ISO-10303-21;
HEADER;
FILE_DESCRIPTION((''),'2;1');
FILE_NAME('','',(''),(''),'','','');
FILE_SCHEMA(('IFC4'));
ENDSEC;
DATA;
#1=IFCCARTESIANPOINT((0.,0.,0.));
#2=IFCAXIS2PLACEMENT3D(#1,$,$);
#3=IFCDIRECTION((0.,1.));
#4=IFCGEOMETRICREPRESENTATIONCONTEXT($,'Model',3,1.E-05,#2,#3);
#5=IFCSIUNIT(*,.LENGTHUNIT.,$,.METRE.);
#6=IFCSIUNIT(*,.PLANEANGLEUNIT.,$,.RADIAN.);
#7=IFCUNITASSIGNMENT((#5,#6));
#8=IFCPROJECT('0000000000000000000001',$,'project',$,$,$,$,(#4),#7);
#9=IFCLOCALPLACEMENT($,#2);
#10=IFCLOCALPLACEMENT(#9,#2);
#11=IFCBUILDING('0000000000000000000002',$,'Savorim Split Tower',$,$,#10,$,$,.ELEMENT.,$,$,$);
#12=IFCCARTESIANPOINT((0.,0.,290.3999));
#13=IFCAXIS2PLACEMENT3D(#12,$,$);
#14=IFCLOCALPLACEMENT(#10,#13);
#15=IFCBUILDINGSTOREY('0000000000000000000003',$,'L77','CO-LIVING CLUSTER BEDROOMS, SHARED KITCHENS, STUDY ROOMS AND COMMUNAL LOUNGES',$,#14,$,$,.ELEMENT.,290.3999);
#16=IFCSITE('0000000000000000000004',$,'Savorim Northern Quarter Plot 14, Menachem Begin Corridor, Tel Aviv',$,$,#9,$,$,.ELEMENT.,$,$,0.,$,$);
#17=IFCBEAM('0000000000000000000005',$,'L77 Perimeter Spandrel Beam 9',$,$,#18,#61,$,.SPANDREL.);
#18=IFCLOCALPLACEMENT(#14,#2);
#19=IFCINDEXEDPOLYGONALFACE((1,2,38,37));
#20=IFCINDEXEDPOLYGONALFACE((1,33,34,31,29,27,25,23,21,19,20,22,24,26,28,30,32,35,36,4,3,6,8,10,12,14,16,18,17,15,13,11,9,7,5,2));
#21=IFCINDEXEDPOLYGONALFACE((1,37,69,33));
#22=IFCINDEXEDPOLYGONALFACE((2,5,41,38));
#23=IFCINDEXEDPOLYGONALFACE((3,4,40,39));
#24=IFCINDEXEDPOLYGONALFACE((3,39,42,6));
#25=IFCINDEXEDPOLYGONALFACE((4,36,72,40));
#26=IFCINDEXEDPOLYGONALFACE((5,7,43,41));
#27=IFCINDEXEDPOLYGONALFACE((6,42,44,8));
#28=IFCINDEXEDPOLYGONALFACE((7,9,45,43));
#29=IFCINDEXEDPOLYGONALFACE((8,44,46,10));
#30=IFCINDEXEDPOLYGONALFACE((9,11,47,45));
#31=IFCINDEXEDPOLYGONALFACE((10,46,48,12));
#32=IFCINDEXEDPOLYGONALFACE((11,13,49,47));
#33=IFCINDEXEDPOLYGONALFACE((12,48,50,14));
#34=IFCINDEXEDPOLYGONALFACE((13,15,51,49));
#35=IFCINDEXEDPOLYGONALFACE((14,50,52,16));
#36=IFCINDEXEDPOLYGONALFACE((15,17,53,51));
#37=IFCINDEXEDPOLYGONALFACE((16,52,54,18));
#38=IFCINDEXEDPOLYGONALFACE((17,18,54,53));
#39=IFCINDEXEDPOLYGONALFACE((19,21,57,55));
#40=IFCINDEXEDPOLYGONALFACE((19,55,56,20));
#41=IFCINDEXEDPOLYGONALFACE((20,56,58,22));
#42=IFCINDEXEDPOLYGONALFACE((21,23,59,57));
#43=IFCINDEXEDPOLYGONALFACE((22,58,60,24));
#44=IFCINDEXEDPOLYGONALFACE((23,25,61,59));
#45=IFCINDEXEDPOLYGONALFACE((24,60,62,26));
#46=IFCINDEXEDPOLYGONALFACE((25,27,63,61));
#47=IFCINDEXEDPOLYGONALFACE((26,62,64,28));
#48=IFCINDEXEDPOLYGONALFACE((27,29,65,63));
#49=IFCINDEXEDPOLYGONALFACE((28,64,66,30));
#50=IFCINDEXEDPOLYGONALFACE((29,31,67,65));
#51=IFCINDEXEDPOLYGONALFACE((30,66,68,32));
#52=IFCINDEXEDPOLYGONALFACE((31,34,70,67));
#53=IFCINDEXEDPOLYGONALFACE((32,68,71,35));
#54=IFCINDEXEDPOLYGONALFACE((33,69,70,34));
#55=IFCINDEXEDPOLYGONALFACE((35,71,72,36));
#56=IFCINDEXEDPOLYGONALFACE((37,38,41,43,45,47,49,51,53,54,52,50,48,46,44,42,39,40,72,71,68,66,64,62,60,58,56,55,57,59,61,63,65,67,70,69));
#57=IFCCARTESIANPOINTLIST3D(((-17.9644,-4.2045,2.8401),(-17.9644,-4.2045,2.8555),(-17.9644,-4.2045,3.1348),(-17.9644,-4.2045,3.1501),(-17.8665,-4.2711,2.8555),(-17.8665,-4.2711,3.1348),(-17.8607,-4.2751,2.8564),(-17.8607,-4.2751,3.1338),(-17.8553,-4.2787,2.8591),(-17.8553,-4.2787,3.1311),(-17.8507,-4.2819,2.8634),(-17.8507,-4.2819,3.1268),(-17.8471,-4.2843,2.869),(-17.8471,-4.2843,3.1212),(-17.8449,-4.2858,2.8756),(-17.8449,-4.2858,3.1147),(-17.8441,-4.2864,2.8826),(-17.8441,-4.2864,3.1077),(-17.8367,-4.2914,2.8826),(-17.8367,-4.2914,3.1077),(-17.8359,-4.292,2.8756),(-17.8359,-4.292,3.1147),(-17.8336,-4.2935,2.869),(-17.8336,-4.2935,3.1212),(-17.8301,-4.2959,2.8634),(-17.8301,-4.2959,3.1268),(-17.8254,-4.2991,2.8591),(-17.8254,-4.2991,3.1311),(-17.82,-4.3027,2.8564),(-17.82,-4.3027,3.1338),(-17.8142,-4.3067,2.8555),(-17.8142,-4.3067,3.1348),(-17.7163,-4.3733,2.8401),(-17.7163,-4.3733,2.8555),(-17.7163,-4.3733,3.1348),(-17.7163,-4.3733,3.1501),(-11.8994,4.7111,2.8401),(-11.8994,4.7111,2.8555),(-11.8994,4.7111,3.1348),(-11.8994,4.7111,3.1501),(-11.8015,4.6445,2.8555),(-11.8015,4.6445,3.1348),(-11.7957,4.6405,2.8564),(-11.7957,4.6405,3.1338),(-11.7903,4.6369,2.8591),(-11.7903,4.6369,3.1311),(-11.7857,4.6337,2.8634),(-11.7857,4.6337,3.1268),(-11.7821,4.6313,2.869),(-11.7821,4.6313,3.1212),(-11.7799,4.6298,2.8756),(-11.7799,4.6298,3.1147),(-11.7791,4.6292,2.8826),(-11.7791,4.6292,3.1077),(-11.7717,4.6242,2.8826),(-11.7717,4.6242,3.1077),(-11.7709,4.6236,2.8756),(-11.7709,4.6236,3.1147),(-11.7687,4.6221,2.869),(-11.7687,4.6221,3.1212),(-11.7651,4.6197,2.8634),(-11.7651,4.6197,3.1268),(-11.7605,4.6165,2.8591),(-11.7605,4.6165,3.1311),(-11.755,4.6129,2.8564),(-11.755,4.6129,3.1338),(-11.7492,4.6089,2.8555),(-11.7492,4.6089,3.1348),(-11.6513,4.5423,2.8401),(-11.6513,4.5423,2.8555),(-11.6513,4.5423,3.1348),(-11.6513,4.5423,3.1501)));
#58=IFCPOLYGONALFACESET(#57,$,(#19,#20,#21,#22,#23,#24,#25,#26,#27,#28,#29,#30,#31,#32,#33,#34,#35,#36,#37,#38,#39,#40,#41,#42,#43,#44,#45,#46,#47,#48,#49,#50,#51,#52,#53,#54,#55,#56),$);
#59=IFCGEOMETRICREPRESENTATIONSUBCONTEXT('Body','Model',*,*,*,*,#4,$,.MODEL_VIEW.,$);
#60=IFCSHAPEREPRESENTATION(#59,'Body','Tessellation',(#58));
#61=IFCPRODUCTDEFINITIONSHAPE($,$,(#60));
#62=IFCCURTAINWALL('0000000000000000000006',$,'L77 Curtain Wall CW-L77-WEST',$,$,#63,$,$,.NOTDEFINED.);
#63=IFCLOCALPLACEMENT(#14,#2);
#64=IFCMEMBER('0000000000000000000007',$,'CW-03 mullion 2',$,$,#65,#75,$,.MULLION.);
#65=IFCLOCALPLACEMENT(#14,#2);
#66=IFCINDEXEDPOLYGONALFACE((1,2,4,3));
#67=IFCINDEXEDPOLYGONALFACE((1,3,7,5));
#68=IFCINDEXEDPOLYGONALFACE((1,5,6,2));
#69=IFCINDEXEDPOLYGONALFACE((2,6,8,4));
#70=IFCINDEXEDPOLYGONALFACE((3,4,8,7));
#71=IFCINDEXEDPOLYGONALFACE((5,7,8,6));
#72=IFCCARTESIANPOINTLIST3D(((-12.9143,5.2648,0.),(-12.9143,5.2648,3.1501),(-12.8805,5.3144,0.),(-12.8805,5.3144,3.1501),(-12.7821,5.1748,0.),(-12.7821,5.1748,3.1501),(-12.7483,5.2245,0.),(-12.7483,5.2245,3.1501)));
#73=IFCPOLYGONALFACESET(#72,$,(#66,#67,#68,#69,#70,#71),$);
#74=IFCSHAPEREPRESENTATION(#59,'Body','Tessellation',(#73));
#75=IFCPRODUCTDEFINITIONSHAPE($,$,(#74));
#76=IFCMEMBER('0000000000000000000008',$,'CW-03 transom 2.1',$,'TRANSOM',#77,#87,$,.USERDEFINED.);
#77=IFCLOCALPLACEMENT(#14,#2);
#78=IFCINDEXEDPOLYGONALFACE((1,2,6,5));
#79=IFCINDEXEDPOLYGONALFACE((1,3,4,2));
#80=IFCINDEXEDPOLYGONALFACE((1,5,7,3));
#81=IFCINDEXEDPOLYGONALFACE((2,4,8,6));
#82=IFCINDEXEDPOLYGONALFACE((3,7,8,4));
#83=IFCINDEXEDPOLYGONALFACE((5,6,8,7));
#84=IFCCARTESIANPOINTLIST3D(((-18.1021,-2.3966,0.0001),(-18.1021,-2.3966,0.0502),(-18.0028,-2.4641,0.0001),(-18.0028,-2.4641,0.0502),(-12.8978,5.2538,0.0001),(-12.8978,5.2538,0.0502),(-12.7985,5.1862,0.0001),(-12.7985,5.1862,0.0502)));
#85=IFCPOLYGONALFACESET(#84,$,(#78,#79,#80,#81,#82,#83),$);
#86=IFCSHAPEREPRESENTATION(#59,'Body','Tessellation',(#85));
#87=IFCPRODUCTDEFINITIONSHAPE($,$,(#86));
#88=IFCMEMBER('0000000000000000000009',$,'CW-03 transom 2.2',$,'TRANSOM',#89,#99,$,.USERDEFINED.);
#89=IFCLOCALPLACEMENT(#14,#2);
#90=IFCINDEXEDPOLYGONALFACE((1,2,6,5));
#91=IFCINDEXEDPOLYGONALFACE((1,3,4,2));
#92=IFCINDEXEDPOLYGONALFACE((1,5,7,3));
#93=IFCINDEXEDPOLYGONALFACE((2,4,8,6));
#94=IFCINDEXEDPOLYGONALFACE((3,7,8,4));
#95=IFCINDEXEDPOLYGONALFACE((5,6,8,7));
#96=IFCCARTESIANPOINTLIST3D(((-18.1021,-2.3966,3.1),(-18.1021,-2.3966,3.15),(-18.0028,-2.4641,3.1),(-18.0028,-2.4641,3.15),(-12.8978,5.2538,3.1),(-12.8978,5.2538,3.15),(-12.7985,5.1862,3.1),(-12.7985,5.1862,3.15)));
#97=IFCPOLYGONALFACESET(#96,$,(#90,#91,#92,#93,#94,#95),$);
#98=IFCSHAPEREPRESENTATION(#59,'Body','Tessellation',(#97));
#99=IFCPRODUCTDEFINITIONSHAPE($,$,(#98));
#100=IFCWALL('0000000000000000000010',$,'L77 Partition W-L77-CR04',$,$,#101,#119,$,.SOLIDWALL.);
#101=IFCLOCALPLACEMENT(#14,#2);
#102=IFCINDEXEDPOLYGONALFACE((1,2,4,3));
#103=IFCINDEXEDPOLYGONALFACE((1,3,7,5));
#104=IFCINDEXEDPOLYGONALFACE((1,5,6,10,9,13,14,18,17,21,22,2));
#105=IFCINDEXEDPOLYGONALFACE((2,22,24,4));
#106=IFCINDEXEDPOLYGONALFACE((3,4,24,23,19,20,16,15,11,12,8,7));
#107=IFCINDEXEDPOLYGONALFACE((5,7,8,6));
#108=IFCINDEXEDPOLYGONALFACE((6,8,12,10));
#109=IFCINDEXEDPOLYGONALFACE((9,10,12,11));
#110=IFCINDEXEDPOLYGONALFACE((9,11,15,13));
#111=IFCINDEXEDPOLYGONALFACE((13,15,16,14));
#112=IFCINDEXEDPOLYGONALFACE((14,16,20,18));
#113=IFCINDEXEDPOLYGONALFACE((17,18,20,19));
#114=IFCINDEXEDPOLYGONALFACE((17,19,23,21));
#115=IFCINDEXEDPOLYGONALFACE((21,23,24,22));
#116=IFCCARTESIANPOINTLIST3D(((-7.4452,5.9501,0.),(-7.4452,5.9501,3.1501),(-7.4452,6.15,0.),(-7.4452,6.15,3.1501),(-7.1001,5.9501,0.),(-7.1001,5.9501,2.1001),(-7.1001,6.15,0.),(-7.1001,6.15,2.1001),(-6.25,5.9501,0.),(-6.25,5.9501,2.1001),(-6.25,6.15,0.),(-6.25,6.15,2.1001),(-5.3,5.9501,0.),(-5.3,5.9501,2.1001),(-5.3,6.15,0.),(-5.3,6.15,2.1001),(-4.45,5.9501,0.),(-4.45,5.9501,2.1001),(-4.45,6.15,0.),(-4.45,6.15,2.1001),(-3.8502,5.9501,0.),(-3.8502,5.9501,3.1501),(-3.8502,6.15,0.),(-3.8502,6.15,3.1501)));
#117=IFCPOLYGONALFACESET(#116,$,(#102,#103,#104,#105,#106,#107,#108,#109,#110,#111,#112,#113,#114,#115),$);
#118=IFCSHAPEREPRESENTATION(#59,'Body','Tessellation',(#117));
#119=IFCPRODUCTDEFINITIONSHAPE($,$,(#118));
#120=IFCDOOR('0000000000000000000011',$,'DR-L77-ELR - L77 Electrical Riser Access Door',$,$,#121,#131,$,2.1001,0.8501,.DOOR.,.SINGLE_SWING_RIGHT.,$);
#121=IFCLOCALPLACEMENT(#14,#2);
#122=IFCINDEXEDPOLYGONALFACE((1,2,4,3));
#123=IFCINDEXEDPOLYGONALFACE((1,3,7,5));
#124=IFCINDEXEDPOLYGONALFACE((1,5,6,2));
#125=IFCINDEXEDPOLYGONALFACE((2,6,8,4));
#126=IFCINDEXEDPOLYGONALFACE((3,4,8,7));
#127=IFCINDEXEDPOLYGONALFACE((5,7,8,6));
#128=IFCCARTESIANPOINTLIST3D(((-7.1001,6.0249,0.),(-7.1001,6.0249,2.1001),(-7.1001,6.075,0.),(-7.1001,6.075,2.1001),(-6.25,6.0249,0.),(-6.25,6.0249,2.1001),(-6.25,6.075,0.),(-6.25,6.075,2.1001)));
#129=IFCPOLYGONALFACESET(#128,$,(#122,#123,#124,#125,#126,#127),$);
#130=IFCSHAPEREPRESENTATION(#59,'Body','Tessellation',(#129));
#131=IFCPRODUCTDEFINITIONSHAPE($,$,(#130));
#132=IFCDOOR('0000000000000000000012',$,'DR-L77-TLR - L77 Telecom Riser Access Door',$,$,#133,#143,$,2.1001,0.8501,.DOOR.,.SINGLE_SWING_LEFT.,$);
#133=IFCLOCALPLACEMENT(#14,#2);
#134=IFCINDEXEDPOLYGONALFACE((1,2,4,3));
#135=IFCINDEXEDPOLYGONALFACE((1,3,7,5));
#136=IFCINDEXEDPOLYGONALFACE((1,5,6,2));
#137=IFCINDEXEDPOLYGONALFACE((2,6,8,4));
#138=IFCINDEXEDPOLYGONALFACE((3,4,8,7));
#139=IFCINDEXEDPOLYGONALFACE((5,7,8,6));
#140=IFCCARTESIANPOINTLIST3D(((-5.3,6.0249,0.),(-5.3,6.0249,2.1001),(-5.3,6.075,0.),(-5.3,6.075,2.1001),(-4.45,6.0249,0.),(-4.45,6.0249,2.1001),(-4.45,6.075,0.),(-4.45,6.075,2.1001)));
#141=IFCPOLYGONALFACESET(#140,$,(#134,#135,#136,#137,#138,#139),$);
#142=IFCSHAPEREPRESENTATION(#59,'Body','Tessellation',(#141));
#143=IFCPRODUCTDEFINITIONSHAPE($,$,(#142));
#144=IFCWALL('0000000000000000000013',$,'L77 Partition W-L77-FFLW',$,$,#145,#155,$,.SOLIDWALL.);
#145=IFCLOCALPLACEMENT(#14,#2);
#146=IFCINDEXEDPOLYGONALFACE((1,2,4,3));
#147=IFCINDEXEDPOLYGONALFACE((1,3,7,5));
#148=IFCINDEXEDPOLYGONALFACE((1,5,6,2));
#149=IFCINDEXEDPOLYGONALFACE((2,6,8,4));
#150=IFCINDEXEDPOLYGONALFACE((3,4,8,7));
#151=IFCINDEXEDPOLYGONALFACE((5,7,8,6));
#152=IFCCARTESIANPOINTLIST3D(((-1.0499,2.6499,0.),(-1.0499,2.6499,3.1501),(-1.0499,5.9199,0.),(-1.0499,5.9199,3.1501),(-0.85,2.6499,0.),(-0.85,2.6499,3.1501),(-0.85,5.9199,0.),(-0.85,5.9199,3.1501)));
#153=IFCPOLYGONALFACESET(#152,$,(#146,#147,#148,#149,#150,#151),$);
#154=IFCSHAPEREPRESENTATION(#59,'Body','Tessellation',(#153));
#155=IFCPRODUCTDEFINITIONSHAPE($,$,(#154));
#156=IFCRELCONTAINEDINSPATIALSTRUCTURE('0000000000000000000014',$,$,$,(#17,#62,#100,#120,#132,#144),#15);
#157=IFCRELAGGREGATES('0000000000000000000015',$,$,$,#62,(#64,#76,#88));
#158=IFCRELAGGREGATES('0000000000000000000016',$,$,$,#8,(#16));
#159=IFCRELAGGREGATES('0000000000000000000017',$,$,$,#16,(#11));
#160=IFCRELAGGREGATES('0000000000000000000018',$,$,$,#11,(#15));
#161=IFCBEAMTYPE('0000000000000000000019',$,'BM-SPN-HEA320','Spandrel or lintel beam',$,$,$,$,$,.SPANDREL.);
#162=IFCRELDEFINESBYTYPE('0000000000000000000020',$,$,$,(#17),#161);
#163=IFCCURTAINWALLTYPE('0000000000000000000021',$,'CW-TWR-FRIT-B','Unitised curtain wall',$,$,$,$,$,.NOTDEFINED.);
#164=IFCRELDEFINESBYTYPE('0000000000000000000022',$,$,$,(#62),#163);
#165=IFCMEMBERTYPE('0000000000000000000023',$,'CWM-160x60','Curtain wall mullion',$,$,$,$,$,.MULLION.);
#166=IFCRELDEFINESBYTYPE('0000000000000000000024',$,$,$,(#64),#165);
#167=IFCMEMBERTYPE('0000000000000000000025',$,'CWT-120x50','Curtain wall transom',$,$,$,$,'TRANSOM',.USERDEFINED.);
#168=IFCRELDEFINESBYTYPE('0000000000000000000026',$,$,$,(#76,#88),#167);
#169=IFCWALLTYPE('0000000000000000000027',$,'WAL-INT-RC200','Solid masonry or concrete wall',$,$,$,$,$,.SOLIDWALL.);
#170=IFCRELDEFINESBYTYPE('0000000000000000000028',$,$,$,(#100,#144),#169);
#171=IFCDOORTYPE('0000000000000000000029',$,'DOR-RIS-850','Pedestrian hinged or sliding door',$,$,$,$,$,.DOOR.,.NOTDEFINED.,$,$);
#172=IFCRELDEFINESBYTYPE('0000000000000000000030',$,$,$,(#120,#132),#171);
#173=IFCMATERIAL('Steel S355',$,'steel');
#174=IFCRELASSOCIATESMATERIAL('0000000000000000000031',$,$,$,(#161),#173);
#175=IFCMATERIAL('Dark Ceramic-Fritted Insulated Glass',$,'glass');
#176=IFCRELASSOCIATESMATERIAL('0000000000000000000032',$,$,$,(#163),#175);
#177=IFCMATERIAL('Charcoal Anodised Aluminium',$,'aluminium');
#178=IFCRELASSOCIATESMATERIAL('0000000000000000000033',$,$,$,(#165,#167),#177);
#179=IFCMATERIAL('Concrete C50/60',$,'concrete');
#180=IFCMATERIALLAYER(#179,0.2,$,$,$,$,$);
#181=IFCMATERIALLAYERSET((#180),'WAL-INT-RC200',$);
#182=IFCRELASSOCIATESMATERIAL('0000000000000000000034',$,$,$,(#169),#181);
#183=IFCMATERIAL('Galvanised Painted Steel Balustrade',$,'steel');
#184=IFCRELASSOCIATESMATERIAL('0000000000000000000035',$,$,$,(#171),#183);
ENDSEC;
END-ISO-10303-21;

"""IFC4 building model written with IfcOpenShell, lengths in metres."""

from ifc_helpers import new_model, si_unit, direction, frame, frame_2d, origin, origin_2d, place, context, subcontext, project, spatial, rectangle, i_section, extrude, material, layer, layer_set, material_profile, profile_set, type_object, element, fill, aggregate, save


model = new_model("IFC4")

# Units and contexts
model_context = context("Model", 3, precision=1e-05, world=origin(), true_north=direction((0.0, 1.0)))
body_context = subcontext(model_context, "Body", "Model", "MODEL_VIEW")
ifc_project = project(units=[si_unit("LENGTHUNIT", "METRE"), si_unit("PLANEANGLEUNIT", "RADIAN")], contexts=[model_context])

# Site, building, storey
site_placement = place(None, origin())
site = spatial("IfcSite", under=ifc_project, at=site_placement, Name="Savorim Northern Quarter Plot 14, Menachem Begin Corridor, Tel Aviv", CompositionType="ELEMENT", RefElevation=0.0)
building_placement = place(site_placement, origin())
building = spatial("IfcBuilding", under=site, at=building_placement, Name="Savorim Split Tower", CompositionType="ELEMENT")
storey_placement = place(building_placement, frame((0.0, 0.0, 290.3999)))
storey = spatial("IfcBuildingStorey", under=building, at=storey_placement, Name="L77", Description="CO-LIVING CLUSTER BEDROOMS, SHARED KITCHENS, STUDY ROOMS AND COMMUNAL LOUNGES", CompositionType="ELEMENT", Elevation=290.3999)

# Shared definitions
ifc_material_1 = material(Name="Steel S355", Category="steel")

# Beam
ifc_material_profile_1 = material_profile(ifc_material_1, i_section(OverallWidth=0.3, OverallDepth=0.3101, WebThickness=0.009, FlangeThickness=0.0154, FilletRadius=0.0271, at=origin_2d()), Name="HEA 320")
ifc_profile_set_1 = profile_set([ifc_material_profile_1], Name="Steel S355")
beam_type_1 = type_object("IfcBeamType", Name="BM-SPN-HEA320", Description="Spandrel or lintel beam", PredefinedType="SPANDREL", material=ifc_profile_set_1)
beam_1_placement = place(storey_placement, frame((-11.7754, 4.6267, 2.9951), z_axis=(-0.562461, -0.826824, 0.0), x_axis=(0.826824, -0.562461, 0.0)))
element("IfcBeam", 1, at=beam_1_placement, inside=storey, type_object=beam_type_1, Name="L77 Perimeter Spandrel Beam 9", PredefinedType="SPANDREL", context=body_context, shape_type="SweptSolid", body=[
    extrude(i_section(OverallWidth=0.3, OverallDepth=0.3101, WebThickness=0.009, FlangeThickness=0.0154, FilletRadius=0.0271, at=origin_2d()), origin(), (0.0, 0.0, 1.0), 10.783),
])

# Curtain wall, members
ifc_material_2 = material(Name="Dark Ceramic-Fritted Insulated Glass", Category="glass")
curtain_wall_type = type_object("IfcCurtainWallType", Name="CW-TWR-FRIT-B", Description="Unitised curtain wall", PredefinedType="NOTDEFINED", material=ifc_material_2)
curtain_wall_placement = place(storey_placement, origin())
curtain_wall = element("IfcCurtainWall", 2, at=curtain_wall_placement, inside=storey, type_object=curtain_wall_type, Name="L77 Curtain Wall CW-L77-WEST", PredefinedType="NOTDEFINED")
ifc_material_3 = material(Name="Charcoal Anodised Aluminium", Category="aluminium")
ifc_material_profile_2 = material_profile(ifc_material_3, rectangle(XDim=0.1599, YDim=0.0601, at=origin_2d()), Name="ALU-M 160x60")
ifc_profile_set_2 = profile_set([ifc_material_profile_2], Name="Charcoal Anodised Aluminium")
member_type_1 = type_object("IfcMemberType", Name="CWM-160x60", Description="Curtain wall mullion", PredefinedType="MULLION", material=ifc_profile_set_2)
member_1_placement = place(storey_placement, frame((-12.8313, 5.2446, 0.0), z_axis=(0.0, 0.0, 1.0), x_axis=(0.826818, -0.56247, 0.0)))
member_1 = element("IfcMember", 3, at=member_1_placement, type_object=member_type_1, Name="CW-03 mullion 2", PredefinedType="MULLION", context=body_context, shape_type="SweptSolid", body=[
    extrude(rectangle(XDim=0.1599, YDim=0.0601, at=origin_2d()), origin(), (0.0, 0.0, 1.0), 3.1501),
])
ifc_material_profile_3 = material_profile(ifc_material_3, rectangle(XDim=0.1201, YDim=0.05, at=origin_2d()), Name="ALU-T 120x50")
ifc_profile_set_3 = profile_set([ifc_material_profile_3], Name="Charcoal Anodised Aluminium")
member_type_2 = type_object("IfcMemberType", Name="CWT-120x50", Description="Curtain wall transom", ElementType="TRANSOM", PredefinedType="USERDEFINED", material=ifc_profile_set_3)
member_2_placement = place(storey_placement, frame((-12.8481, 5.22, 0.0251), z_axis=(-0.562464, -0.826822, 0.0), x_axis=(0.826822, -0.562464, 0.0)))
member_2 = element("IfcMember", 4, at=member_2_placement, type_object=member_type_2, Name="CW-03 transom 2.1", ObjectType="TRANSOM", PredefinedType="USERDEFINED", context=body_context, shape_type="SweptSolid", body=[
    extrude(rectangle(XDim=0.1201, YDim=0.05, at=origin_2d()), origin(), (0.0, 0.0, 1.0), 9.2527),
])
member_3_placement = place(storey_placement, frame((-12.8481, 5.22, 3.125), z_axis=(-0.562464, -0.826822, 0.0), x_axis=(0.826822, -0.562464, 0.0)))
member_3 = element("IfcMember", 5, at=member_3_placement, type_object=member_type_2, Name="CW-03 transom 2.2", ObjectType="TRANSOM", PredefinedType="USERDEFINED", context=body_context, shape_type="SweptSolid", body=[
    extrude(rectangle(XDim=0.1201, YDim=0.05, at=origin_2d()), origin(), (0.0, 0.0, 1.0), 9.2527),
])
aggregate(curtain_wall, [member_1, member_2, member_3])

# Wall, openings, doors
ifc_material_4 = material(Name="Concrete C50/60", Category="concrete")
ifc_layer_1 = layer(ifc_material_4, 0.2)
ifc_layer_set_1 = layer_set([ifc_layer_1], Name="WAL-INT-RC200")
wall_type_1 = type_object("IfcWallType", Name="WAL-INT-RC200", Description="Solid masonry or concrete wall", PredefinedType="SOLIDWALL", material=ifc_layer_set_1)
wall_1_placement = place(storey_placement, frame((-7.4451, 6.05, 0.0), z_axis=(0.0, 0.0, 1.0), x_axis=(1.0, 0.0, 0.0)))
wall_1 = element("IfcWall", 6, at=wall_1_placement, inside=storey, type_object=wall_type_1, Name="L77 Partition W-L77-CR04", PredefinedType="SOLIDWALL", context=body_context, shape_type="SweptSolid", body=[
    extrude(rectangle(XDim=3.595, YDim=0.2, at=frame_2d((1.7974, 0.0))), origin(), (0.0, 0.0, 1.0), 3.1501),
])
opening_1_placement = place(wall_1_placement, frame((0.345, 0.0, 0.0)))
opening_1 = element("IfcOpeningElement", 7, at=opening_1_placement, cuts=wall_1, PredefinedType="OPENING", context=body_context, shape_type="SweptSolid", body=[
    extrude(rectangle(XDim=0.8501, YDim=2.1001, at=frame_2d((0.425, 1.05))), frame((0.0, 0.1099, 0.0), z_axis=(0.0, -1.0, 0.0), x_axis=(1.0, 0.0, 0.0)), (0.0, 0.0, 1.0), 0.22),
])
opening_2_placement = place(wall_1_placement, frame((2.145, 0.0, 0.0)))
opening_2 = element("IfcOpeningElement", 8, at=opening_2_placement, cuts=wall_1, PredefinedType="OPENING", context=body_context, shape_type="SweptSolid", body=[
    extrude(rectangle(XDim=0.8501, YDim=2.1001, at=frame_2d((0.425, 1.05))), frame((0.0, 0.1099, 0.0), z_axis=(0.0, -1.0, 0.0), x_axis=(1.0, 0.0, 0.0)), (0.0, 0.0, 1.0), 0.22),
])
ifc_material_5 = material(Name="Galvanised Painted Steel Balustrade", Category="steel")
door_type_1 = type_object("IfcDoorType", Name="DOR-RIS-850", Description="Pedestrian hinged or sliding door", OperationType="NOTDEFINED", PredefinedType="DOOR", material=ifc_material_5)
door_1_placement = place(opening_1_placement, origin())
door_1 = element("IfcDoor", 9, at=door_1_placement, inside=storey, type_object=door_type_1, Name="DR-L77-ELR - L77 Electrical Riser Access Door", OperationType="SINGLE_SWING_RIGHT", OverallHeight=2.1001, OverallWidth=0.8501, PredefinedType="DOOR", context=body_context, shape_type="SweptSolid", body=[
    extrude(rectangle(XDim=0.8501, YDim=2.1001, at=frame_2d((0.425, 1.05))), frame((0.0, 0.0249, 0.0), z_axis=(0.0, -1.0, 0.0), x_axis=(1.0, 0.0, 0.0)), (0.0, 0.0, 1.0), 0.05),
])
fill(opening_1, door_1)
door_2_placement = place(opening_2_placement, origin())
door_2 = element("IfcDoor", 10, at=door_2_placement, inside=storey, type_object=door_type_1, Name="DR-L77-TLR - L77 Telecom Riser Access Door", OperationType="SINGLE_SWING_LEFT", OverallHeight=2.1001, OverallWidth=0.8501, PredefinedType="DOOR", context=body_context, shape_type="SweptSolid", body=[
    extrude(rectangle(XDim=0.8501, YDim=2.1001, at=frame_2d((0.425, 1.05))), frame((0.0, 0.0249, 0.0), z_axis=(0.0, -1.0, 0.0), x_axis=(1.0, 0.0, 0.0)), (0.0, 0.0, 1.0), 0.05),
])
fill(opening_2, door_2)

# Wall
wall_2_placement = place(storey_placement, frame((-0.95, 2.6499, 0.0), z_axis=(0.0, 0.0, 1.0), x_axis=(0.0, 1.0, 0.0)))
element("IfcWall", 11, at=wall_2_placement, inside=storey, type_object=wall_type_1, Name="L77 Partition W-L77-FFLW", PredefinedType="SOLIDWALL", context=body_context, shape_type="SweptSolid", body=[
    extrude(rectangle(XDim=3.27, YDim=0.2, at=frame_2d((1.635, 0.0))), origin(), (0.0, 0.0, 1.0), 3.1501),
])

save(model, "model.ifc")
